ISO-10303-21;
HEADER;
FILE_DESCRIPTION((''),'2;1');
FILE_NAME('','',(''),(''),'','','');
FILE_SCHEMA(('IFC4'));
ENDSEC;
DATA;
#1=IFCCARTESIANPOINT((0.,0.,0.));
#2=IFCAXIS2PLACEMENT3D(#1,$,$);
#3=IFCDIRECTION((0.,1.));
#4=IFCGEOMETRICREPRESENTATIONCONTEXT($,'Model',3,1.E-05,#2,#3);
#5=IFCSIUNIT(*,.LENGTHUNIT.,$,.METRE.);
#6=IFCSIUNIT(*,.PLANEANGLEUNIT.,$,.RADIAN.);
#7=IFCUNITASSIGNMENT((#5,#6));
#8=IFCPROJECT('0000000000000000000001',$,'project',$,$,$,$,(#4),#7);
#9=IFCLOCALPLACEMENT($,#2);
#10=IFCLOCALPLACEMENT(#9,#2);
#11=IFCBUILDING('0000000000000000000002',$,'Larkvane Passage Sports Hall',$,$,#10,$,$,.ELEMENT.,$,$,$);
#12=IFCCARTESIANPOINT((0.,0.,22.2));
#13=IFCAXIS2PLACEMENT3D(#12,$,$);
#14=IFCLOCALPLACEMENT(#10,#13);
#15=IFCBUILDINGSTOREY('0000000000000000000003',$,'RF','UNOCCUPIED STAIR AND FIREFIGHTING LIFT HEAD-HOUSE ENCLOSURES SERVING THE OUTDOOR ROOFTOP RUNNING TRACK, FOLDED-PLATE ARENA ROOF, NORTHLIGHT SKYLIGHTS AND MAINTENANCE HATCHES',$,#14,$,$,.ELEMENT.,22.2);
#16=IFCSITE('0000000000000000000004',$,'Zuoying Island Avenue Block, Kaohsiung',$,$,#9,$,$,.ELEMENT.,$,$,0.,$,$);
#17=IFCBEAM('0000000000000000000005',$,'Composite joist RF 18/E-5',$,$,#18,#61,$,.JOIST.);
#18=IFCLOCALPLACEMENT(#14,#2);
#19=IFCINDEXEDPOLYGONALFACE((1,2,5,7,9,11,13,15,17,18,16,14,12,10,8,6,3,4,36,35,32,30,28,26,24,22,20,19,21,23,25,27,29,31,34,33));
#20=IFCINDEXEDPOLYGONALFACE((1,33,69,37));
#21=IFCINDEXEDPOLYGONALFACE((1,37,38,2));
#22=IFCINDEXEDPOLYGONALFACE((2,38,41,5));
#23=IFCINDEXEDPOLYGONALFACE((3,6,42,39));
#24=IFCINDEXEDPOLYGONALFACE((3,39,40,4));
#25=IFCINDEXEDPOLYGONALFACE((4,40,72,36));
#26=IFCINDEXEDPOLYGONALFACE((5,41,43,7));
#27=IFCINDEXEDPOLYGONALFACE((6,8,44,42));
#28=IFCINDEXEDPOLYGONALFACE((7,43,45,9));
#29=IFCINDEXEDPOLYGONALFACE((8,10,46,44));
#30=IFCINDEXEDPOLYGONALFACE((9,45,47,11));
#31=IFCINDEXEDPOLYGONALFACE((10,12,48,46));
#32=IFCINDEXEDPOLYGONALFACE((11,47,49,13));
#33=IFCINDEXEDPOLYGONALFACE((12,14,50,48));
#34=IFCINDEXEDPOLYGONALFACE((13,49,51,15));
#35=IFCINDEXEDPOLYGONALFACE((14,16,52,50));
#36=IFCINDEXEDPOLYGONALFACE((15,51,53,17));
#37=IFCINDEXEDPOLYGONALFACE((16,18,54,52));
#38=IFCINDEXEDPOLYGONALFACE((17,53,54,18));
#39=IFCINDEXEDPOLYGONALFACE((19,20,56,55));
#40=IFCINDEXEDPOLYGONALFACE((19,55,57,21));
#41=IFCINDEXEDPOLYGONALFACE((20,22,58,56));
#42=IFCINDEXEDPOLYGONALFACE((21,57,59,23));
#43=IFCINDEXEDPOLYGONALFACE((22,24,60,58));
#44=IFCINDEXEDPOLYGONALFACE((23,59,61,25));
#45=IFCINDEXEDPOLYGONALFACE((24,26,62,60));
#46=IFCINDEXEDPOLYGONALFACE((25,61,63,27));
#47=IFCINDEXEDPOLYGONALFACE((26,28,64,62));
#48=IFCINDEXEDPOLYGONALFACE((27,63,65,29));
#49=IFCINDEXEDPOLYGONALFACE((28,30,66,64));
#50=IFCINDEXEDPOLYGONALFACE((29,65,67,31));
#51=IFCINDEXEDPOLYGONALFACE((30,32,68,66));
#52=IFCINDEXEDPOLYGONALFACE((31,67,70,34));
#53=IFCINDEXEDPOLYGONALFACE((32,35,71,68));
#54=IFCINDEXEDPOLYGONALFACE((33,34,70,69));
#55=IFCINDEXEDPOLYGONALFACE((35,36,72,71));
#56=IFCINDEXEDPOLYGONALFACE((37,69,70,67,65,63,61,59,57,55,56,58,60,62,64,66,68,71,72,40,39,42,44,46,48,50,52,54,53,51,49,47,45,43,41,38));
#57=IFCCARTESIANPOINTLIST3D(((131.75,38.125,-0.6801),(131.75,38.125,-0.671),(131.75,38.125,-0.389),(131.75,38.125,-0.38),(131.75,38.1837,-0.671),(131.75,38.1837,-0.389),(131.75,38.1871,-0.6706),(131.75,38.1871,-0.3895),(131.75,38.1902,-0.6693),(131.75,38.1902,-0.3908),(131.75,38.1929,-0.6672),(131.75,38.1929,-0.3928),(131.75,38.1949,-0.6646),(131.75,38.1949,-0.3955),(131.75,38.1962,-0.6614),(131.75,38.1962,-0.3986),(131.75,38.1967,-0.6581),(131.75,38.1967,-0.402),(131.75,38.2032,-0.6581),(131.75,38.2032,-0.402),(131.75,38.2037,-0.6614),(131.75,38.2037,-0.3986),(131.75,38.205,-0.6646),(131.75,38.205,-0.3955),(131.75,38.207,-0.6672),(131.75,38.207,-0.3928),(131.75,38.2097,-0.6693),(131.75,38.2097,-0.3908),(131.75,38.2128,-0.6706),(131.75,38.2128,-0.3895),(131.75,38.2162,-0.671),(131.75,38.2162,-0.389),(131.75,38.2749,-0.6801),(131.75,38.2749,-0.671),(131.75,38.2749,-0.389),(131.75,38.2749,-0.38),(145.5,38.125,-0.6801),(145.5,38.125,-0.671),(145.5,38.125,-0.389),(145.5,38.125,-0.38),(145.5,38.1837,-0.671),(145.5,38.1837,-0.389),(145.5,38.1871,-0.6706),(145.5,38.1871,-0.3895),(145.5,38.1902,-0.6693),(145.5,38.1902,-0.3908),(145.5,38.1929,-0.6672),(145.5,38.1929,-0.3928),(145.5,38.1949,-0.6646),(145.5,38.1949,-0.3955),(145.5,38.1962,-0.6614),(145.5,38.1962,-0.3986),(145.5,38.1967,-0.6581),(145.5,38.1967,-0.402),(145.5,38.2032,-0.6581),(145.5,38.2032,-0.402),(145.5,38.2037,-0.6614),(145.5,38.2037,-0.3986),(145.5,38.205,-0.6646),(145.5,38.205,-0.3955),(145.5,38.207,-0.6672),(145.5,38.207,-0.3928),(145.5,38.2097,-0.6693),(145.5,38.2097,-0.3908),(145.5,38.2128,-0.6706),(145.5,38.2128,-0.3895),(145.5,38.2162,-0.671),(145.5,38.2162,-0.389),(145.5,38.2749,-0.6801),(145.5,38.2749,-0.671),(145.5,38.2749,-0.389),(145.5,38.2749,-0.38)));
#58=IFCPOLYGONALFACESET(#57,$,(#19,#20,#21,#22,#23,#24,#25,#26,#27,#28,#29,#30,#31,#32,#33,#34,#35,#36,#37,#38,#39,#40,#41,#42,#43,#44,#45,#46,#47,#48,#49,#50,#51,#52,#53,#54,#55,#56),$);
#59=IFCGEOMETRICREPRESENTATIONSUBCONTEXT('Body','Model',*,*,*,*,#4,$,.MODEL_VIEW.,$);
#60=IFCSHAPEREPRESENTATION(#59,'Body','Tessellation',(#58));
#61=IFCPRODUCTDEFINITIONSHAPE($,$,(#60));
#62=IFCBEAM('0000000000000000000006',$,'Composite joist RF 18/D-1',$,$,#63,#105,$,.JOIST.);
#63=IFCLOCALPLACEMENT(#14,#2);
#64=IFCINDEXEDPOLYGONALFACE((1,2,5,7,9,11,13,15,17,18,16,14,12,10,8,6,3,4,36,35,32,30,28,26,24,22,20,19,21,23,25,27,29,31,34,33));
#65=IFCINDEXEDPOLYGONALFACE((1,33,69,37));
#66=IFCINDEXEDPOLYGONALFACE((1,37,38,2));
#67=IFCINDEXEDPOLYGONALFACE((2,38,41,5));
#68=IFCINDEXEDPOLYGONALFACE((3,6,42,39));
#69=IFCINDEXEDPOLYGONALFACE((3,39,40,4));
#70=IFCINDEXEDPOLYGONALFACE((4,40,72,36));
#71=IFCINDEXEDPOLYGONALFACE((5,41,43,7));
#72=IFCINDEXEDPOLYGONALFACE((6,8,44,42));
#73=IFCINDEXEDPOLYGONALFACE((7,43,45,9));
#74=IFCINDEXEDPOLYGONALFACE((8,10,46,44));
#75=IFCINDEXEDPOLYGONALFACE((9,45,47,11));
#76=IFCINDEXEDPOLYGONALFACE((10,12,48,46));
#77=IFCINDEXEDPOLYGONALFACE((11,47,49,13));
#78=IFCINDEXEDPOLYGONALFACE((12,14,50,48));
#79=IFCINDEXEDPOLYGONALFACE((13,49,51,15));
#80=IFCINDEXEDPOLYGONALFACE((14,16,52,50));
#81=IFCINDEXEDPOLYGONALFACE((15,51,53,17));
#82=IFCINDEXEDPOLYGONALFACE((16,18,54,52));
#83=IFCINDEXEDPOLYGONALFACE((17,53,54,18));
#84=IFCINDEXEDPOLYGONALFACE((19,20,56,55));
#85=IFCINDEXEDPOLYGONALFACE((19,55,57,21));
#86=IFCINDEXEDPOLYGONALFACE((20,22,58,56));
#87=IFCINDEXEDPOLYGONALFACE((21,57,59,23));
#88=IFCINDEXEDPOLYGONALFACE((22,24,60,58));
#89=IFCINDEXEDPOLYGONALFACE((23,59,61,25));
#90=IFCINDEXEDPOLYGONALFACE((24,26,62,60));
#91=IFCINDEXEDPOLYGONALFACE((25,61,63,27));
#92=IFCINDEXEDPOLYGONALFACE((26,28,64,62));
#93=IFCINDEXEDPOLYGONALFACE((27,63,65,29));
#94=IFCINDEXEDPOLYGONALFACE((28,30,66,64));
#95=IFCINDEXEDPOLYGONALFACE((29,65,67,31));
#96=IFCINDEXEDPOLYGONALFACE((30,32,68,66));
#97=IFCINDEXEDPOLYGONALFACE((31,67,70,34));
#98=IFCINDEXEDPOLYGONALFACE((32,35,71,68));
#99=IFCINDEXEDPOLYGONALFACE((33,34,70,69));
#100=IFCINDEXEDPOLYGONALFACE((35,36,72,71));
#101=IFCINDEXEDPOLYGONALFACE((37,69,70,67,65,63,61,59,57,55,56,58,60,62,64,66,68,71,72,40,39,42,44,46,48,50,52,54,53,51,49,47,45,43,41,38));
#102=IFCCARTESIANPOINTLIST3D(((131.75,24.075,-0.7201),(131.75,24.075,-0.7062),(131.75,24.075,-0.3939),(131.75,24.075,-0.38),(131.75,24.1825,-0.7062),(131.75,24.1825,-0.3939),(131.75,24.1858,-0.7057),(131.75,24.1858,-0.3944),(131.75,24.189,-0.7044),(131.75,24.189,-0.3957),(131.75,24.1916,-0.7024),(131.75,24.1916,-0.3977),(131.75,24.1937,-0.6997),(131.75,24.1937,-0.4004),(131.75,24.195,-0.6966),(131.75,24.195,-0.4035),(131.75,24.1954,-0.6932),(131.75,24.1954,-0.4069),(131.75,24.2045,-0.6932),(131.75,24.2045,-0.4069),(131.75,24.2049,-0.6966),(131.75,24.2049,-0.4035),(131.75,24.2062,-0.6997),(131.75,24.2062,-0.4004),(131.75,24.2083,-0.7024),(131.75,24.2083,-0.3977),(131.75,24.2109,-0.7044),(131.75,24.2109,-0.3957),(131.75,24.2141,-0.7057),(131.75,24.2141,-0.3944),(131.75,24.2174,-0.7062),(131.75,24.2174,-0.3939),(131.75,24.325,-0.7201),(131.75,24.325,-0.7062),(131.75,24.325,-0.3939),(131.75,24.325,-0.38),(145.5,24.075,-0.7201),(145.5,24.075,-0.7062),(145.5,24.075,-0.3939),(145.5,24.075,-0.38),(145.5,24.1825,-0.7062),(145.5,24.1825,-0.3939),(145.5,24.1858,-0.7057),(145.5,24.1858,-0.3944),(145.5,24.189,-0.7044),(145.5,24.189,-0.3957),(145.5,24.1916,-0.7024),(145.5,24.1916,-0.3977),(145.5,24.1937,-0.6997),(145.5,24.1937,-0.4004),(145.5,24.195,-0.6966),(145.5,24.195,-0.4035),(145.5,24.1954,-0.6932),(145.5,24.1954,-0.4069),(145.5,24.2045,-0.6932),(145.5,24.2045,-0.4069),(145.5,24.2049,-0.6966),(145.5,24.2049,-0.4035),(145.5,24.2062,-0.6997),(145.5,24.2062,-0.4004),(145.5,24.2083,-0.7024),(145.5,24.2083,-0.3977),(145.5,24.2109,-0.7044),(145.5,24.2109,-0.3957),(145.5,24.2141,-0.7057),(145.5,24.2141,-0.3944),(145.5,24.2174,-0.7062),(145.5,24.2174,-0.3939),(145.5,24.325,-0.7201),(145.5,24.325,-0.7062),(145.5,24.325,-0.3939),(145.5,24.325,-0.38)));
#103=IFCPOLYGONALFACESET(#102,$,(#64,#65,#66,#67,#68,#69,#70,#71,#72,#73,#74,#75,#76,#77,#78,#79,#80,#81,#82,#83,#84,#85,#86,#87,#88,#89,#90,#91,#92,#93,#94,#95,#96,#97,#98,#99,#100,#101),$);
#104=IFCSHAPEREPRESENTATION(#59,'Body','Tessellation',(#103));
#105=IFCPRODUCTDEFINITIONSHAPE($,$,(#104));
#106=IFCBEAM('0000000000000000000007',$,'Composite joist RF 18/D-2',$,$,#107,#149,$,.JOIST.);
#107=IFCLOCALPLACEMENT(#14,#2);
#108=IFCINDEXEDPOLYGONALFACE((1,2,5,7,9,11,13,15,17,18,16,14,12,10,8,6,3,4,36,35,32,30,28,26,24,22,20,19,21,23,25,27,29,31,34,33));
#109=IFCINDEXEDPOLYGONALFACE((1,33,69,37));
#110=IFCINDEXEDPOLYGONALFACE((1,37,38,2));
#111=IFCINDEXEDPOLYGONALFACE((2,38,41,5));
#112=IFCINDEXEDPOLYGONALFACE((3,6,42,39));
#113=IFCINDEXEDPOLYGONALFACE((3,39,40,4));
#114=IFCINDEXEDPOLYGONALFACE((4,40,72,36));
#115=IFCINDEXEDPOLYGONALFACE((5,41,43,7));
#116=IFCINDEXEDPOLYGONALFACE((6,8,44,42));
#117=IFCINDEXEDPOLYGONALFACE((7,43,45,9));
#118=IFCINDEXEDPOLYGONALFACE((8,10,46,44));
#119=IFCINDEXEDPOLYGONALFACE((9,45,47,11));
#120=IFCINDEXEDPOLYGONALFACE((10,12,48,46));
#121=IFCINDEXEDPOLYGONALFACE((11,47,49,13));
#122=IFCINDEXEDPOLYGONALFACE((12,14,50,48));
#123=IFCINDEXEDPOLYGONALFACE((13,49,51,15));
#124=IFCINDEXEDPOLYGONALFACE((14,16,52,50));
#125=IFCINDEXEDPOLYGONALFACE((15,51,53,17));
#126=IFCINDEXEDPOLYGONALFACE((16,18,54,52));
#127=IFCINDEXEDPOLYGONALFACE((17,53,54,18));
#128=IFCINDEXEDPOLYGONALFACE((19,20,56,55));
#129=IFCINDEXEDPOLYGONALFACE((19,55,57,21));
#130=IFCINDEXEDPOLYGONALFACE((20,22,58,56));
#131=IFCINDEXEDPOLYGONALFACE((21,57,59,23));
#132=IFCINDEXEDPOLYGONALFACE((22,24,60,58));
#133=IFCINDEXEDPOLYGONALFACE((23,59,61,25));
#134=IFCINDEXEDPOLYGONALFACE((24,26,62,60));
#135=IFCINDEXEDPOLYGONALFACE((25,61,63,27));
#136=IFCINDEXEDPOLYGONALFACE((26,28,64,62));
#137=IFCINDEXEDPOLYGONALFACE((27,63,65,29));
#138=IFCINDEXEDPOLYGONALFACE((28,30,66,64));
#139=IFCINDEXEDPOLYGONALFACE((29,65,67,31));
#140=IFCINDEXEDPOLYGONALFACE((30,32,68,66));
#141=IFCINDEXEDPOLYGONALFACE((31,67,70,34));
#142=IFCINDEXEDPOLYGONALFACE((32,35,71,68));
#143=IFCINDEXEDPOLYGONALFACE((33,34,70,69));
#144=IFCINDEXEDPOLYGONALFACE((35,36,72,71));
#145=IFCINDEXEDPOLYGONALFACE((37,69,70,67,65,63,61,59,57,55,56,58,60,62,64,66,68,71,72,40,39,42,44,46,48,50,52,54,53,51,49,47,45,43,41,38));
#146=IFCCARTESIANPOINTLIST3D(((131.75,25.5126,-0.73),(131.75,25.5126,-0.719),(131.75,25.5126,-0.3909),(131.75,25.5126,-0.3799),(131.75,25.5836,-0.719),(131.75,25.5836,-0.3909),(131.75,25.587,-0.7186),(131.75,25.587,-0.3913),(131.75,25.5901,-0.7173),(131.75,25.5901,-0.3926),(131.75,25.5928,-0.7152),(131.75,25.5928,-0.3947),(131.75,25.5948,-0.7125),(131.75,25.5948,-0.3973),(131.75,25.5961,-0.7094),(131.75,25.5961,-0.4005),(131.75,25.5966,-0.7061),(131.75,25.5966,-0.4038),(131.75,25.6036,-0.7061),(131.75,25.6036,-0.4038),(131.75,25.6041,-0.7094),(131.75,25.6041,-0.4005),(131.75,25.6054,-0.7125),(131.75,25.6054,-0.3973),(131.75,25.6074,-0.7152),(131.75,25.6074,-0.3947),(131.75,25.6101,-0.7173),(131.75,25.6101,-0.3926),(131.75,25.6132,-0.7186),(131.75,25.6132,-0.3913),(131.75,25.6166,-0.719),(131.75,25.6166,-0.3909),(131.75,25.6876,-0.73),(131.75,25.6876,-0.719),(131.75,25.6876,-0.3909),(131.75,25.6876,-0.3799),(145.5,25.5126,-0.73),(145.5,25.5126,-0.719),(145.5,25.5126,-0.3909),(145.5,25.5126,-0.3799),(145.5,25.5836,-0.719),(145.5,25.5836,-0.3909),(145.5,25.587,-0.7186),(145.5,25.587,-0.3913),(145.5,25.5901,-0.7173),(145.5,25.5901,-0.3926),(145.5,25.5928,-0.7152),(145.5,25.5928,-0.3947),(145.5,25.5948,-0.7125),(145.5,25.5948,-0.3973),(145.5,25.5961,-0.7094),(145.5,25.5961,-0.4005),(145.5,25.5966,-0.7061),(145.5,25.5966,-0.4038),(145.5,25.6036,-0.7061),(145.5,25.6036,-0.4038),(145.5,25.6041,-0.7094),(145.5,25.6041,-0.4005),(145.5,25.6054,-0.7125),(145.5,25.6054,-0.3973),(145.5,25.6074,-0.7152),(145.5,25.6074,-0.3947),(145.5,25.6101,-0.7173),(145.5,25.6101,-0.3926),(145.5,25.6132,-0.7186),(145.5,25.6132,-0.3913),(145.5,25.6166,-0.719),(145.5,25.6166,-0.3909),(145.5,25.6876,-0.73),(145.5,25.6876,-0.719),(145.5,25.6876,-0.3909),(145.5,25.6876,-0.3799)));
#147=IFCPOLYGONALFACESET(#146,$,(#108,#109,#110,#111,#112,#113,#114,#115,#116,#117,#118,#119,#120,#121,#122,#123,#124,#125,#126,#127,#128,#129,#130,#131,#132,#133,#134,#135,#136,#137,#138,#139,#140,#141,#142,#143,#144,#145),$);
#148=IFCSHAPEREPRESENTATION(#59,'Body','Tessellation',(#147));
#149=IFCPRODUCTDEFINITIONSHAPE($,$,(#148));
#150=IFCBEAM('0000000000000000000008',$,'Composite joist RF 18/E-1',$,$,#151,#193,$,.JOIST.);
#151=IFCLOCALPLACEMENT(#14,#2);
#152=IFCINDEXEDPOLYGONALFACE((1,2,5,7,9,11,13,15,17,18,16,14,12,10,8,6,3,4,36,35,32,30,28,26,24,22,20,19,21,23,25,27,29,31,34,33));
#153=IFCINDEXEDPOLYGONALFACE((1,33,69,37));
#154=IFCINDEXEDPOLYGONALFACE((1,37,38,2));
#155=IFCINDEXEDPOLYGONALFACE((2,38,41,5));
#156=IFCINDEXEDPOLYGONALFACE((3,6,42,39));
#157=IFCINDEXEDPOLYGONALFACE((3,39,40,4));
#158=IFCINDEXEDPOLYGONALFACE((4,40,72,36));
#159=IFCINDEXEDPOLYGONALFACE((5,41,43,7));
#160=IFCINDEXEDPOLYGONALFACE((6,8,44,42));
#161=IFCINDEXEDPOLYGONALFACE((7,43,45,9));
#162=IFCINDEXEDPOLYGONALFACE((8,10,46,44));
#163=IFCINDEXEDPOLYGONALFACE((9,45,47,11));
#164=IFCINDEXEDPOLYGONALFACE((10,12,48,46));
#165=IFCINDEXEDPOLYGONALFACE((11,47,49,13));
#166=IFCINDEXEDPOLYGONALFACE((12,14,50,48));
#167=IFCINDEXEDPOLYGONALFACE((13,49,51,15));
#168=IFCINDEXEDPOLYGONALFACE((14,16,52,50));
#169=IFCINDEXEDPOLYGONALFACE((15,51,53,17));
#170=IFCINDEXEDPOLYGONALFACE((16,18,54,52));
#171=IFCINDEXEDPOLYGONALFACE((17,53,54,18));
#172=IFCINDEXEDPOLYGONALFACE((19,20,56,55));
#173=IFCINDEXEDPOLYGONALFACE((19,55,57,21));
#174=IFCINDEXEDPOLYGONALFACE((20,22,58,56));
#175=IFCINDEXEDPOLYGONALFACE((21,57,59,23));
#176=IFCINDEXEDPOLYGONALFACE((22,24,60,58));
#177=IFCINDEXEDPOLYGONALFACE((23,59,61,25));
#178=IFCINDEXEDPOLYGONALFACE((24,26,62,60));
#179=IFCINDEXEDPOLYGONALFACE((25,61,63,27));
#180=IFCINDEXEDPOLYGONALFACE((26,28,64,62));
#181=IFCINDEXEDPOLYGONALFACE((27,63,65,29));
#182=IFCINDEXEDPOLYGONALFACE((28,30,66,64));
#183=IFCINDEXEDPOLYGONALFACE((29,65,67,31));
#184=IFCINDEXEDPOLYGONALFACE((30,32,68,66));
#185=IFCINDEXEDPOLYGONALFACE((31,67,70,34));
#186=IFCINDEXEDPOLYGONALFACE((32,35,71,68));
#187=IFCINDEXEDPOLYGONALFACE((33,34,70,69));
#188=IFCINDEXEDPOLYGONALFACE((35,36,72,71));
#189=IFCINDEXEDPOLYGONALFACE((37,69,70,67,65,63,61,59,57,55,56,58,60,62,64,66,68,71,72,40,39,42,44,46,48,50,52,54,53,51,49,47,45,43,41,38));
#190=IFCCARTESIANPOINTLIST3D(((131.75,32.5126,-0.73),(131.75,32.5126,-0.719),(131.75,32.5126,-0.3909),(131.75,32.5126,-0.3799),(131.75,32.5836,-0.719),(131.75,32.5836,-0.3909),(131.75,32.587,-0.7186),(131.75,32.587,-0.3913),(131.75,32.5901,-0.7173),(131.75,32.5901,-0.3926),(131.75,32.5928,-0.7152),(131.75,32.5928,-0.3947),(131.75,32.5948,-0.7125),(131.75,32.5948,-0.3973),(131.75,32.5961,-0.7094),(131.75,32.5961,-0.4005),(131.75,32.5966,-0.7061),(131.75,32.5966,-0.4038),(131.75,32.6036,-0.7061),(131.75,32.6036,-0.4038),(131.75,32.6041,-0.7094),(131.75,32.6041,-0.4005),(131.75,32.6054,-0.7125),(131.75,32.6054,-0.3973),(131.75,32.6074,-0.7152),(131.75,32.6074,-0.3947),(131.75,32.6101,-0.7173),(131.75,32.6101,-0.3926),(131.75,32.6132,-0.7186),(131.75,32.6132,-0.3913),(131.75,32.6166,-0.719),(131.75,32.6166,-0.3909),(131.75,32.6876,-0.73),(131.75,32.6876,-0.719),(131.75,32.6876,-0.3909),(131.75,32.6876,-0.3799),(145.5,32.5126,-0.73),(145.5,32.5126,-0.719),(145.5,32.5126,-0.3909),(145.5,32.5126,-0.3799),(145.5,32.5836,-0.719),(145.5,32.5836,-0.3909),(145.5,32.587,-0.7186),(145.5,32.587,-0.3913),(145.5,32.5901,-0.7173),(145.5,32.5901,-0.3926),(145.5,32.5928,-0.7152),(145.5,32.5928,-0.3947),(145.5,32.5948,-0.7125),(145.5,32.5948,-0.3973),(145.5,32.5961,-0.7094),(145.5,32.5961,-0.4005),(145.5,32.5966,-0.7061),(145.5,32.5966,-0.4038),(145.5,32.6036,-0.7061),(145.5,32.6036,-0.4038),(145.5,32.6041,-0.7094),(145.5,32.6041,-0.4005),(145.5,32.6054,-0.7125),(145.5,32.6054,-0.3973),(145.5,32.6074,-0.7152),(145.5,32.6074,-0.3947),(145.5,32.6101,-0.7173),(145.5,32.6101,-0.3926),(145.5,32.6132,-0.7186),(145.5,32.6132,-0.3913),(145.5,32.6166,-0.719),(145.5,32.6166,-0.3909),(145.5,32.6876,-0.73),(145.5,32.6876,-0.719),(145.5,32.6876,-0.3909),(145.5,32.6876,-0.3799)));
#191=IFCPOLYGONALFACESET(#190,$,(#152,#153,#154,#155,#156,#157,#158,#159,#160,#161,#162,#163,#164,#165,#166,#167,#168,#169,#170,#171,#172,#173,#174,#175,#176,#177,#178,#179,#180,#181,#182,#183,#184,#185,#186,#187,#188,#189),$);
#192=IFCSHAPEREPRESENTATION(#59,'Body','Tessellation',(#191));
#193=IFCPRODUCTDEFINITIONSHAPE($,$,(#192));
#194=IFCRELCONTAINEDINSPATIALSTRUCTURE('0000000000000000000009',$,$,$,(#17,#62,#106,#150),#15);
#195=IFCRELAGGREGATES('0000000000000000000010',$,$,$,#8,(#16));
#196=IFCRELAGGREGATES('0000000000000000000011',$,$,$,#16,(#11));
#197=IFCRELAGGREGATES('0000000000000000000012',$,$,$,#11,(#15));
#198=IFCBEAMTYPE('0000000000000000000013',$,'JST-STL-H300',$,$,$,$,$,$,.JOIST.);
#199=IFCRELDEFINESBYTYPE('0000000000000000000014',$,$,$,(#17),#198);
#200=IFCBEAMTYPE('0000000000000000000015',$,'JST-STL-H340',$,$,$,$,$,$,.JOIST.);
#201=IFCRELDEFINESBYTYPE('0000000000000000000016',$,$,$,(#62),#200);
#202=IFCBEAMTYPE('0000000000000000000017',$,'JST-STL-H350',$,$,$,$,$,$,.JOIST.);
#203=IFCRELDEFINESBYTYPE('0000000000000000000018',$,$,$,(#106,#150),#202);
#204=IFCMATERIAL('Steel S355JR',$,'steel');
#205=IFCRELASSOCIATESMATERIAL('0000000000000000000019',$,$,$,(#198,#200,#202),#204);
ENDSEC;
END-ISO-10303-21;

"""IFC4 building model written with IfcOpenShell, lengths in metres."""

from ifc_helpers import new_model, si_unit, direction, frame, origin, origin_2d, place, context, subcontext, project, spatial, i_section, extrude, material, material_profile, profile_set, type_object, element, save


model = new_model("IFC4")

# Units and contexts
model_context = context("Model", 3, precision=1e-05, world=origin(), true_north=direction((0.0, 1.0)))
body_context = subcontext(model_context, "Body", "Model", "MODEL_VIEW")
ifc_project = project(units=[si_unit("LENGTHUNIT", "METRE"), si_unit("PLANEANGLEUNIT", "RADIAN")], contexts=[model_context])

# Site, building, storey
site_placement = place(None, origin())
site = spatial("IfcSite", under=ifc_project, at=site_placement, Name="Zuoying Island Avenue Block, Kaohsiung", CompositionType="ELEMENT", RefElevation=0.0)
building_placement = place(site_placement, origin())
building = spatial("IfcBuilding", under=site, at=building_placement, Name="Larkvane Passage Sports Hall", CompositionType="ELEMENT")
storey_placement = place(building_placement, frame((0.0, 0.0, 22.2)))
storey = spatial("IfcBuildingStorey", under=building, at=storey_placement, Name="RF", Description="UNOCCUPIED STAIR AND FIREFIGHTING LIFT HEAD-HOUSE ENCLOSURES SERVING THE OUTDOOR ROOFTOP RUNNING TRACK, FOLDED-PLATE ARENA ROOF, NORTHLIGHT SKYLIGHTS AND MAINTENANCE HATCHES", CompositionType="ELEMENT", Elevation=22.2)

# Beams
ifc_material_1 = material(Name="Steel S355JR", Category="steel")
ifc_material_profile_1 = material_profile(ifc_material_1, i_section(OverallWidth=0.1499, OverallDepth=0.3, WebThickness=0.0066, FlangeThickness=0.009, FilletRadius=0.0129, at=origin_2d()), Name="H-300x150x6.5x9")
ifc_profile_set_1 = profile_set([ifc_material_profile_1], Name="Steel S355JR")
beam_type_1 = type_object("IfcBeamType", Name="JST-STL-H300", PredefinedType="JOIST", material=ifc_profile_set_1)
beam_1_placement = place(storey_placement, frame((131.75, 38.2, -0.53), z_axis=(1.0, 0.0, 0.0), x_axis=(0.0, 1.0, 0.0)))
element("IfcBeam", 1, at=beam_1_placement, inside=storey, type_object=beam_type_1, Name="Composite joist RF 18/E-5", PredefinedType="JOIST", context=body_context, shape_type="SweptSolid", body=[
    extrude(i_section(OverallWidth=0.1499, OverallDepth=0.3, WebThickness=0.0066, FlangeThickness=0.009, FilletRadius=0.0129, at=origin_2d()), origin(), (0.0, 0.0, 1.0), 13.75),
])
ifc_material_profile_2 = material_profile(ifc_material_1, i_section(OverallWidth=0.25, OverallDepth=0.3401, WebThickness=0.009, FlangeThickness=0.0139, FilletRadius=0.0129, at=origin_2d()), Name="H-340x250x9x14")
ifc_profile_set_2 = profile_set([ifc_material_profile_2], Name="Steel S355JR")
beam_type_2 = type_object("IfcBeamType", Name="JST-STL-H340", PredefinedType="JOIST", material=ifc_profile_set_2)
beam_2_placement = place(storey_placement, frame((131.75, 24.2, -0.55), z_axis=(1.0, 0.0, 0.0), x_axis=(0.0, 1.0, 0.0)))
element("IfcBeam", 2, at=beam_2_placement, inside=storey, type_object=beam_type_2, Name="Composite joist RF 18/D-1", PredefinedType="JOIST", context=body_context, shape_type="SweptSolid", body=[
    extrude(i_section(OverallWidth=0.25, OverallDepth=0.3401, WebThickness=0.009, FlangeThickness=0.0139, FilletRadius=0.0129, at=origin_2d()), origin(), (0.0, 0.0, 1.0), 13.75),
])
ifc_material_profile_3 = material_profile(ifc_material_1, i_section(OverallWidth=0.175, OverallDepth=0.3501, WebThickness=0.0071, FlangeThickness=0.011, FilletRadius=0.0129, at=origin_2d()), Name="H-350x175x7x11")
ifc_profile_set_3 = profile_set([ifc_material_profile_3], Name="Steel S355JR")
beam_type_3 = type_object("IfcBeamType", Name="JST-STL-H350", PredefinedType="JOIST", material=ifc_profile_set_3)
for number, where, z_axis, x_axis, name in (
    (3, (131.75, 25.6001, -0.5549), (1.0, 0.0, 0.0), (0.0, 1.0, 0.0), "Composite joist RF 18/D-2"),
    (4, (131.75, 32.6001, -0.5549), (1.0, 0.0, 0.0), (0.0, 1.0, 0.0), "Composite joist RF 18/E-1"),
):
    element("IfcBeam", number, at=place(storey_placement, frame(where, z_axis=z_axis, x_axis=x_axis)), inside=storey, type_object=beam_type_3, Name=name, PredefinedType="JOIST", context=body_context, shape_type="SweptSolid", body=[
        extrude(i_section(OverallWidth=0.175, OverallDepth=0.3501, WebThickness=0.0071, FlangeThickness=0.011, FilletRadius=0.0129, at=origin_2d()), origin(), (0.0, 0.0, 1.0), 13.75),
    ])

save(model, "model.ifc")
